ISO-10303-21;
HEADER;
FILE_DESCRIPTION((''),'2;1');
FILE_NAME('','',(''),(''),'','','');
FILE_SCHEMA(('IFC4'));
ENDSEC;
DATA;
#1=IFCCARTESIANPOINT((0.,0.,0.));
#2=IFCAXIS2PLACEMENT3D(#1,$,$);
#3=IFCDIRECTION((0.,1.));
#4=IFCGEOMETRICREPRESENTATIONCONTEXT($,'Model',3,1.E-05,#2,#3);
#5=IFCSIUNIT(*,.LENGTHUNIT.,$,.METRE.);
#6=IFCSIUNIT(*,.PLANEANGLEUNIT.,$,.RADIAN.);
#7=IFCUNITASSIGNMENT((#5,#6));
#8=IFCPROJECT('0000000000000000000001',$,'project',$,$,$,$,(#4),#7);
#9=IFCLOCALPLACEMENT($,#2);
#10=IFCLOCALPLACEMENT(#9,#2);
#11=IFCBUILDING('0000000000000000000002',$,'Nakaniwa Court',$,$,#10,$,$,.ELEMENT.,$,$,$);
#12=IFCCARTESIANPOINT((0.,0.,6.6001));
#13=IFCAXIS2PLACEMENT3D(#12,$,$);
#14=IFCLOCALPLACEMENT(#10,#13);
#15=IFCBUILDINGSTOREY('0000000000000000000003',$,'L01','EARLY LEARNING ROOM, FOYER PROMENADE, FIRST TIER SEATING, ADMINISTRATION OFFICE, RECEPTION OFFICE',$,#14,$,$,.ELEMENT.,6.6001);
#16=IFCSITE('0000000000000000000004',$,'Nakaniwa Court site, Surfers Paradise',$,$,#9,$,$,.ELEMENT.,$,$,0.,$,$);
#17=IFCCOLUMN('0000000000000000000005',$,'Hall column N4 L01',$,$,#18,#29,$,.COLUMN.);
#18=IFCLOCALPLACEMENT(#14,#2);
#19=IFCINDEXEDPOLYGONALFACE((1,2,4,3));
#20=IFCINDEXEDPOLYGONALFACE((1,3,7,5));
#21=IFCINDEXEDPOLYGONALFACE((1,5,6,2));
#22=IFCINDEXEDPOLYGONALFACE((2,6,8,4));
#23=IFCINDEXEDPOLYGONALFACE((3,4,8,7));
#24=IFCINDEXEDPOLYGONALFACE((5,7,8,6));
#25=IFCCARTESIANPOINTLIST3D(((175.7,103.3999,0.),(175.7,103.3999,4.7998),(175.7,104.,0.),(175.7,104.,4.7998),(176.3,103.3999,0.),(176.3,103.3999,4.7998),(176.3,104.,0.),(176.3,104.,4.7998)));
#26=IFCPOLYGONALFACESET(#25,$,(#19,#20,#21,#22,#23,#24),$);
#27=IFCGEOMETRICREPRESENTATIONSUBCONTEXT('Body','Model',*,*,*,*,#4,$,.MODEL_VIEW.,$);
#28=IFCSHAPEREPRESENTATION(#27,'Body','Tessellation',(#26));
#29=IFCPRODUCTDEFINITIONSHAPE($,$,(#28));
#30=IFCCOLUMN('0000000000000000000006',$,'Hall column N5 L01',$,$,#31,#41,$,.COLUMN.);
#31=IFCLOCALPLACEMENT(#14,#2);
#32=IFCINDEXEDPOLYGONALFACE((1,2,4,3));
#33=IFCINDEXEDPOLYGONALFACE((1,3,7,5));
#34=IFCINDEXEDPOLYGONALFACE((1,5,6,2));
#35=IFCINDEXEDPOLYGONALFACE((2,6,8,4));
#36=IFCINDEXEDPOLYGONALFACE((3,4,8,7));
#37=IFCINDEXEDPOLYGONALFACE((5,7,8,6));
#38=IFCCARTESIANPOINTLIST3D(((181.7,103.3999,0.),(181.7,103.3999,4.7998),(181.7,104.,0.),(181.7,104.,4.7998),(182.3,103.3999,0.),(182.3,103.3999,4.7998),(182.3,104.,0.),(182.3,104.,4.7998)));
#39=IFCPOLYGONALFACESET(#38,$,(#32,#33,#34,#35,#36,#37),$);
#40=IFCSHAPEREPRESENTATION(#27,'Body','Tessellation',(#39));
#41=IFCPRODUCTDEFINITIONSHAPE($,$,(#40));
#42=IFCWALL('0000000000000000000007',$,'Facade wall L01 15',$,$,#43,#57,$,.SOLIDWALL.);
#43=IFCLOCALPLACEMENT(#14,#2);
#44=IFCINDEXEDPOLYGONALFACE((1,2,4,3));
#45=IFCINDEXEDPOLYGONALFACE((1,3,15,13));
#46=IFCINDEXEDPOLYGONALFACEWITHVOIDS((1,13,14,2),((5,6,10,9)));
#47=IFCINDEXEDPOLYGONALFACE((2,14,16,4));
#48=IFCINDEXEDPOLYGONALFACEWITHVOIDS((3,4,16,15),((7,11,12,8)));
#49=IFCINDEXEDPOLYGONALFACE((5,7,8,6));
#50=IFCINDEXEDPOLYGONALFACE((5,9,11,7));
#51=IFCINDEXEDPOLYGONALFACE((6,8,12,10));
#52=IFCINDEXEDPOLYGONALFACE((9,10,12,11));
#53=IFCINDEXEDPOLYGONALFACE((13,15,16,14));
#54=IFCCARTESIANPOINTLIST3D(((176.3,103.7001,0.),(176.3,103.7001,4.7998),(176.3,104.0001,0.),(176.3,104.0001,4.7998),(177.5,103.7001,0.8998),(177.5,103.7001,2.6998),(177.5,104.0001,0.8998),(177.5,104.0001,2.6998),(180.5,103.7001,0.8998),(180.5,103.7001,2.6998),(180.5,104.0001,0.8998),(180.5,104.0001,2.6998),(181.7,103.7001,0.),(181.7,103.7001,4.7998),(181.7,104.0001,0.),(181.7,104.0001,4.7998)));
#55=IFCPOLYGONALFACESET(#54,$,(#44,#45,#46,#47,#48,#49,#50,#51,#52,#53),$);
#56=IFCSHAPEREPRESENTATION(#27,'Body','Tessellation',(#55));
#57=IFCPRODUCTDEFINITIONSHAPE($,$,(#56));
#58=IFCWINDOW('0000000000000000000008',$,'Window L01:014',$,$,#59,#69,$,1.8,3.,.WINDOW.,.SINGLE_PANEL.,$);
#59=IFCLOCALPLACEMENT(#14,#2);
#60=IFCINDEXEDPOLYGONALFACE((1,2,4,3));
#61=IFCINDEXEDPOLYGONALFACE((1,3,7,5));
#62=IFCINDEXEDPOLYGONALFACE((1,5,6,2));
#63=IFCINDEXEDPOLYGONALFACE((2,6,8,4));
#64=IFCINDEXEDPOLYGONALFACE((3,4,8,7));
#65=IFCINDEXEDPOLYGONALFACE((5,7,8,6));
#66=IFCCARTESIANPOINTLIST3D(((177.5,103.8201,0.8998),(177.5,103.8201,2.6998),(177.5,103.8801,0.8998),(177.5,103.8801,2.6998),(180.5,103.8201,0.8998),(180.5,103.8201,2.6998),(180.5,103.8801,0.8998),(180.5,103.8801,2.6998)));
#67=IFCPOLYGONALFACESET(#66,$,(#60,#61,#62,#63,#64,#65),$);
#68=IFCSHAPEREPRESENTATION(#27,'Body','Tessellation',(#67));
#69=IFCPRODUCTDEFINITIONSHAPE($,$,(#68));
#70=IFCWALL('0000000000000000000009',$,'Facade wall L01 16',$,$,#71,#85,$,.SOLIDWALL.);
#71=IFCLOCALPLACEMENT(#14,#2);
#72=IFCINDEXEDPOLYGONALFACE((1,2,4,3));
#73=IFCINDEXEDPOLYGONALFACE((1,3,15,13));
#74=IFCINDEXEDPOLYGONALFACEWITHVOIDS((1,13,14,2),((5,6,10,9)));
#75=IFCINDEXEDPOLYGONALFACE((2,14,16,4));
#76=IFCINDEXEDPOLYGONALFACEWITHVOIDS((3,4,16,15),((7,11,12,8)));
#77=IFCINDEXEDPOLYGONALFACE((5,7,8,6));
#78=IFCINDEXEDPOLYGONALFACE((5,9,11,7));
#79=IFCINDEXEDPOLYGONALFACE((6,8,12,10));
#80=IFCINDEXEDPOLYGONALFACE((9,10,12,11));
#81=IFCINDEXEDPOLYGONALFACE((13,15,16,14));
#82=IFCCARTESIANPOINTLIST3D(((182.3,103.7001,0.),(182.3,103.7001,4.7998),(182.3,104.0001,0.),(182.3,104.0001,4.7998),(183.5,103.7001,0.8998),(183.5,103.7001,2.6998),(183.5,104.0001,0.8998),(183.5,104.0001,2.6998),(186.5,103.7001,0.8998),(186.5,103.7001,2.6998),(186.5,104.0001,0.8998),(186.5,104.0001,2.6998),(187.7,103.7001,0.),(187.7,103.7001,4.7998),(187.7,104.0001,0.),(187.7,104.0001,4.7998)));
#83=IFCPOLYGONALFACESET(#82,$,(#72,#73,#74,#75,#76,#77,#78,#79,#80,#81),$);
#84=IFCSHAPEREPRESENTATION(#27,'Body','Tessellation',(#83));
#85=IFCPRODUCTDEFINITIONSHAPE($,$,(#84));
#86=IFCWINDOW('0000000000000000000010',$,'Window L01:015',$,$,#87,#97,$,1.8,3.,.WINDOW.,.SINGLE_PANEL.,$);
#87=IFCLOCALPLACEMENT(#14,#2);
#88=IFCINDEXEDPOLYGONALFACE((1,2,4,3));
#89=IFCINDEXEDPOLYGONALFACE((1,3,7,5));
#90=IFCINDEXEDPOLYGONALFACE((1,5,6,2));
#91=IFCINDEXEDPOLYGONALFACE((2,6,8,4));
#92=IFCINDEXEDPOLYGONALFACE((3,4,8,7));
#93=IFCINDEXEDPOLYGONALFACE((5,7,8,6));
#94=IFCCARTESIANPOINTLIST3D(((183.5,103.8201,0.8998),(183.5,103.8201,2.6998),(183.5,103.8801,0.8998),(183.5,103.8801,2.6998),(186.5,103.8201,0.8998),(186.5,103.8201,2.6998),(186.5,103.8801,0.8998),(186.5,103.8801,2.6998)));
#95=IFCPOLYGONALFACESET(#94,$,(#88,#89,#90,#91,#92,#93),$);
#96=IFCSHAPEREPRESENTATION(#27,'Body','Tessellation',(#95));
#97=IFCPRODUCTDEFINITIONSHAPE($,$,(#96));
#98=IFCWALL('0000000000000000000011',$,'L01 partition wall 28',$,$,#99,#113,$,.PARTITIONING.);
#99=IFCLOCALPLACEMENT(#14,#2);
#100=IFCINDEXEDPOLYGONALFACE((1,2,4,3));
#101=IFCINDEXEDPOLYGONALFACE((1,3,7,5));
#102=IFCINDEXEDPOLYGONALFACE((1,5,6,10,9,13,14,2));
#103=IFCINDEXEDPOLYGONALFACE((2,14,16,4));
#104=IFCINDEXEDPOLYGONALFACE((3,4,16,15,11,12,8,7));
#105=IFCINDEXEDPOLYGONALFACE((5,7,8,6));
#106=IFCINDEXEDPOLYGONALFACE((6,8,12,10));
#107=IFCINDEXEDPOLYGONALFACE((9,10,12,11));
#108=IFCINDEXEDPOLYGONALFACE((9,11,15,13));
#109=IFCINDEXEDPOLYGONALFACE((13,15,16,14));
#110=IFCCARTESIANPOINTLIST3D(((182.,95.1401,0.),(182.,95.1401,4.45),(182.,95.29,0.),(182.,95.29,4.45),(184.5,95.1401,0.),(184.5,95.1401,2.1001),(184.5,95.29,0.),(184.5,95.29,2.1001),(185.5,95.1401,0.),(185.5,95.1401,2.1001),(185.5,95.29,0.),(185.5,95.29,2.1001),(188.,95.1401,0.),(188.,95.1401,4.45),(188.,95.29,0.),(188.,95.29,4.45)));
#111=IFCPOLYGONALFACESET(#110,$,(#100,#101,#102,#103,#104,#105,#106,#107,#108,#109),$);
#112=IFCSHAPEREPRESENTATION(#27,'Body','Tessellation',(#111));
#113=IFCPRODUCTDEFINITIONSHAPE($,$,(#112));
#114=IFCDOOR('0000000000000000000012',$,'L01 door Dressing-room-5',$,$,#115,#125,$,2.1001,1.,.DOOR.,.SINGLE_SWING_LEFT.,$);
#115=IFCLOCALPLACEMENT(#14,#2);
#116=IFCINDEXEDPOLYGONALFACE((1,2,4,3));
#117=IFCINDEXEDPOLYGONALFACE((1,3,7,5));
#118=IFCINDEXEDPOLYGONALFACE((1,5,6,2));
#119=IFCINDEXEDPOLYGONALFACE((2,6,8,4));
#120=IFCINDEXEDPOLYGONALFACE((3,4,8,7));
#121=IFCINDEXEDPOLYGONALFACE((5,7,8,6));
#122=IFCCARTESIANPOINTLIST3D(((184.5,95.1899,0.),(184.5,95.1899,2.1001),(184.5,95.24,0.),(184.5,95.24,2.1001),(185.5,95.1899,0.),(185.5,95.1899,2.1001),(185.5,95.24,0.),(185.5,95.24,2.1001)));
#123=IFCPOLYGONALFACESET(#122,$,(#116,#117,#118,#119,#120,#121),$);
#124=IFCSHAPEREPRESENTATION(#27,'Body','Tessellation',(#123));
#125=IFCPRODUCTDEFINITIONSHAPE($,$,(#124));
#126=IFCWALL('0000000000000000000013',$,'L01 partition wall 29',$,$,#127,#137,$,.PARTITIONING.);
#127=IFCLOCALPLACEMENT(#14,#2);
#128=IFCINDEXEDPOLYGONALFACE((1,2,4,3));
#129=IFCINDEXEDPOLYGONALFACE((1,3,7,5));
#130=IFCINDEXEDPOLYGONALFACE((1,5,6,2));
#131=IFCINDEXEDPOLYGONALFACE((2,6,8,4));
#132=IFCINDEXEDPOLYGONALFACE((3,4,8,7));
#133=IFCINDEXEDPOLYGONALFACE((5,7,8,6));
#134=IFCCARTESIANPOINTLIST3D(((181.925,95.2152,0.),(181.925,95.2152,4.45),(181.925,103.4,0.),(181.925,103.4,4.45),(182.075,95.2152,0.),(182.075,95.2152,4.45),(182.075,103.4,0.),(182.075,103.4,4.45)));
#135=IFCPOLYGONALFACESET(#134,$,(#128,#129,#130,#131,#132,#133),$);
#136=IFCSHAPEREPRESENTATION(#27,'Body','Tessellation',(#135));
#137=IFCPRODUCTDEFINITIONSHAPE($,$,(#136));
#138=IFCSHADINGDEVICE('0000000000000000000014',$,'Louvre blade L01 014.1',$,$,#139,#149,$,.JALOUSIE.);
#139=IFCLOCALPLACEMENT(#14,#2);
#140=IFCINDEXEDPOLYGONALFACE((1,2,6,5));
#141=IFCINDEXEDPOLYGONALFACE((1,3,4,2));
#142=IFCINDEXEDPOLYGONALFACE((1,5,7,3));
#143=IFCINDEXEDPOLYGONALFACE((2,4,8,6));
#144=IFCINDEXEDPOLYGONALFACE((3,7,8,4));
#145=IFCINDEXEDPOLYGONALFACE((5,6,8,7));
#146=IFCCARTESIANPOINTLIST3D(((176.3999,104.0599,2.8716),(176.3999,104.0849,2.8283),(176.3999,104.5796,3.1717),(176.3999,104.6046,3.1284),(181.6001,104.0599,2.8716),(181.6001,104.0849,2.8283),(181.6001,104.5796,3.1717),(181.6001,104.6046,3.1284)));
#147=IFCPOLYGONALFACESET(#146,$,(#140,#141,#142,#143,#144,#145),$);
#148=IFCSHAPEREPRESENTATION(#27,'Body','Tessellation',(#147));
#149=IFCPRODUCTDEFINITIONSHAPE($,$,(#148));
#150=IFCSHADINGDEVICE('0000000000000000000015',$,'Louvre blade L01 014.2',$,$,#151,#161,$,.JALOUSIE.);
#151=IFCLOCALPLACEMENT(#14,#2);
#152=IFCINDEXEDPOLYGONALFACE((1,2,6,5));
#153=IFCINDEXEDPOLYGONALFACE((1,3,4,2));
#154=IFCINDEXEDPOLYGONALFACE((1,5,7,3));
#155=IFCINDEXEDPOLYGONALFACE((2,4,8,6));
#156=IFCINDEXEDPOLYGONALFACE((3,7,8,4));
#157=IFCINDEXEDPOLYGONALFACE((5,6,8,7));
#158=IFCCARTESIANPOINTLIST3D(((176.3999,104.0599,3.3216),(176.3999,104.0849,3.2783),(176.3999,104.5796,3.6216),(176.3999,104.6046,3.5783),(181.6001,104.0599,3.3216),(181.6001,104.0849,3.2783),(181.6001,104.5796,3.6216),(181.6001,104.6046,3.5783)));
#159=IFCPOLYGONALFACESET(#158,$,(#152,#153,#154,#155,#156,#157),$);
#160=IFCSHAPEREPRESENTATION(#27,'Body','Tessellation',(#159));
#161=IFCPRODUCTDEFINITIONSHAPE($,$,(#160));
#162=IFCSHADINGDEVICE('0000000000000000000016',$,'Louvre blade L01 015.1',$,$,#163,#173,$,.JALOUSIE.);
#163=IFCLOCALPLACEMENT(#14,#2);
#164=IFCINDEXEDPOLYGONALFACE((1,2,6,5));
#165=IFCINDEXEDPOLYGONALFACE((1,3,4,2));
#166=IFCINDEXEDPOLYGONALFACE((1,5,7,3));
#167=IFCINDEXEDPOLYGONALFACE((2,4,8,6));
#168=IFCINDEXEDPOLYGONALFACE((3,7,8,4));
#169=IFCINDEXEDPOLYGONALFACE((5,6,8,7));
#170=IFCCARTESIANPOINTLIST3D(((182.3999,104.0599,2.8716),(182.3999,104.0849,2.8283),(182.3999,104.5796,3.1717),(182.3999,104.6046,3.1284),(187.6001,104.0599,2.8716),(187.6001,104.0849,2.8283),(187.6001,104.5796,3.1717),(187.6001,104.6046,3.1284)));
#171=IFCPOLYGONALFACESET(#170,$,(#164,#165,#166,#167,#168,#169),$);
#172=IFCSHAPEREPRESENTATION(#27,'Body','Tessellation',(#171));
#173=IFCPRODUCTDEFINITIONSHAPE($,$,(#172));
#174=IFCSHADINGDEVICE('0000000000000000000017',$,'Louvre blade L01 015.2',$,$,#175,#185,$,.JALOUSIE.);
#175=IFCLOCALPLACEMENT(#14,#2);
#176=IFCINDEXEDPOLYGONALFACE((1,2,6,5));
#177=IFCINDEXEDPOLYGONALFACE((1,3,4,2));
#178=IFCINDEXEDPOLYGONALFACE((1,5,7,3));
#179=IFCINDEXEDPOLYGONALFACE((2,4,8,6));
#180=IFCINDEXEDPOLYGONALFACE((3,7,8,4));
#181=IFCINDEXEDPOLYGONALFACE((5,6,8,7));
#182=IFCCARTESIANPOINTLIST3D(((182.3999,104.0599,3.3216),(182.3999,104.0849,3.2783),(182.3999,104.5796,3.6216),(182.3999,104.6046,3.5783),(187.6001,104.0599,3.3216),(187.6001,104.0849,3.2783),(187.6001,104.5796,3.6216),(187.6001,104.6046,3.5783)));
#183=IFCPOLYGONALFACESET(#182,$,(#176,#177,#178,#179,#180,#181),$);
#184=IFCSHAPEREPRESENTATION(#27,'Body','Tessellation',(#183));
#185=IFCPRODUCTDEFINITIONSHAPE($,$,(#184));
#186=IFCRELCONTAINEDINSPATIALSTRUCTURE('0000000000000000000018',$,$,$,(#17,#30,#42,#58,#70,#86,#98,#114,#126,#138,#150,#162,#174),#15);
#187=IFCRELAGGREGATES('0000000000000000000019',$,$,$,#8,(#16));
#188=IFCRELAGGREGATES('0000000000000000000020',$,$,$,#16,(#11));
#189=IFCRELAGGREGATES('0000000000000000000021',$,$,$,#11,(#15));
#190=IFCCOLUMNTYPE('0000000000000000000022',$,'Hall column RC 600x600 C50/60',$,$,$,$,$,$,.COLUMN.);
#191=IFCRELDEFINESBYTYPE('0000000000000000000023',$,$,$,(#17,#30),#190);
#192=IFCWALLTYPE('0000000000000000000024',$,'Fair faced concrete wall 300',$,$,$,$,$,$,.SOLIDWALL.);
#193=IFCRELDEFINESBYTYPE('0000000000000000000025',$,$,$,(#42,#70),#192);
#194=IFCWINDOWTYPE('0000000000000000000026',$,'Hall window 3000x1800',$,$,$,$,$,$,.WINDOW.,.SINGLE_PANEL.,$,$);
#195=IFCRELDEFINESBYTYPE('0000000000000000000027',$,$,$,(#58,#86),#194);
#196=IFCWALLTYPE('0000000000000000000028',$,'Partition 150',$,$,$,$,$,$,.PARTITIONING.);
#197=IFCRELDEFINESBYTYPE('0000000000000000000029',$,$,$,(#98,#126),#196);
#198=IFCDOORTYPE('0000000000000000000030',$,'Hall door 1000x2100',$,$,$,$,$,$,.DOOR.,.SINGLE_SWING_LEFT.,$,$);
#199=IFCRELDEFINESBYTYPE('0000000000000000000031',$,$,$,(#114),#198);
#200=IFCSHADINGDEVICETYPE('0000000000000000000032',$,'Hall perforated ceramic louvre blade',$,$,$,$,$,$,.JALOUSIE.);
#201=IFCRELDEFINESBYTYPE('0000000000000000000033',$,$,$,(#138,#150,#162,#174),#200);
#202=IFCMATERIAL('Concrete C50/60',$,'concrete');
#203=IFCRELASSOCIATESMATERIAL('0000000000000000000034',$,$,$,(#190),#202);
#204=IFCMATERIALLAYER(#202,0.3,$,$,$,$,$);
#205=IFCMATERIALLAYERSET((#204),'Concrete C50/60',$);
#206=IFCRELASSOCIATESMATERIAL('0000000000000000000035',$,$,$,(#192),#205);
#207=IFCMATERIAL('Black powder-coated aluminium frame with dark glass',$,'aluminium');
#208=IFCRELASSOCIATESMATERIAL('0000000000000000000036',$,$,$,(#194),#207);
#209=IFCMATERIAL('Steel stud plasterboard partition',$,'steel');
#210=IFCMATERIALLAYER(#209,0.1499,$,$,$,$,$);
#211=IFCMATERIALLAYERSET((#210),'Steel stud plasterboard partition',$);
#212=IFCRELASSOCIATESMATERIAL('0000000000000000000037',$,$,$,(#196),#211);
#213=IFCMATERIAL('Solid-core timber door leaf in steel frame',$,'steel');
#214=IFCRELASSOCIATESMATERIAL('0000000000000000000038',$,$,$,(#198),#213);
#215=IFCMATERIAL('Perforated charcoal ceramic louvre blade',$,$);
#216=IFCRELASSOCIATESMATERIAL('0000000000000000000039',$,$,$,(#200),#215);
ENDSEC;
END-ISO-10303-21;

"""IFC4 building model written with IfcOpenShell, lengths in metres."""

from ifc_helpers import new_model, si_unit, direction, frame, frame_2d, origin, origin_2d, place, context, subcontext, project, spatial, rectangle, extrude, material, layer, layer_set, material_profile, profile_set, type_object, element, fill, save


model = new_model("IFC4")

# Units and contexts
model_context = context("Model", 3, precision=1e-05, world=origin(), true_north=direction((0.0, 1.0)))
body_context = subcontext(model_context, "Body", "Model", "MODEL_VIEW")
ifc_project = project(units=[si_unit("LENGTHUNIT", "METRE"), si_unit("PLANEANGLEUNIT", "RADIAN")], contexts=[model_context])

# Site, building, storey
site_placement = place(None, origin())
site = spatial("IfcSite", under=ifc_project, at=site_placement, Name="Nakaniwa Court site, Surfers Paradise", CompositionType="ELEMENT", RefElevation=0.0)
building_placement = place(site_placement, origin())
building = spatial("IfcBuilding", under=site, at=building_placement, Name="Nakaniwa Court", CompositionType="ELEMENT")
storey_placement = place(building_placement, frame((0.0, 0.0, 6.6001)))
storey = spatial("IfcBuildingStorey", under=building, at=storey_placement, Name="L01", Description="EARLY LEARNING ROOM, FOYER PROMENADE, FIRST TIER SEATING, ADMINISTRATION OFFICE, RECEPTION OFFICE", CompositionType="ELEMENT", Elevation=6.6001)

# Columns
ifc_material_1 = material(Name="Concrete C50/60", Category="concrete")
ifc_material_profile_1 = material_profile(ifc_material_1, rectangle(XDim=0.6001, YDim=0.6001, at=origin_2d()), Name="RC 600x600")
ifc_profile_set_1 = profile_set([ifc_material_profile_1], Name="Concrete C50/60")
column_type = type_object("IfcColumnType", Name="Hall column RC 600x600 C50/60", PredefinedType="COLUMN", material=ifc_profile_set_1)
for number, where, z_axis, x_axis, name in (
    (1, (176.0, 103.7, 0.0), (0.0, 0.0, 1.0), (1.0, 0.0, 0.0), "Hall column N4 L01"),
    (2, (182.0, 103.7, 0.0), (0.0, 0.0, 1.0), (1.0, 0.0, 0.0), "Hall column N5 L01"),
):
    element("IfcColumn", number, at=place(storey_placement, frame(where, z_axis=z_axis, x_axis=x_axis)), inside=storey, type_object=column_type, Name=name, PredefinedType="COLUMN", context=body_context, shape_type="SweptSolid", body=[
        extrude(rectangle(XDim=0.6001, YDim=0.6001, at=origin_2d()), origin(), (0.0, 0.0, 1.0), 4.7998),
    ])

# Walls, openings, windows
ifc_layer_1 = layer(ifc_material_1, 0.3)
ifc_layer_set_1 = layer_set([ifc_layer_1], Name="Concrete C50/60")
wall_type_1 = type_object("IfcWallType", Name="Fair faced concrete wall 300", PredefinedType="SOLIDWALL", material=ifc_layer_set_1)
wall_1_placement = place(storey_placement, frame((176.3, 103.8501, 0.0), z_axis=(0.0, 0.0, 1.0), x_axis=(1.0, 0.0, 0.0)))
wall_1 = element("IfcWall", 3, at=wall_1_placement, inside=storey, type_object=wall_type_1, Name="Facade wall L01 15", PredefinedType="SOLIDWALL", context=body_context, shape_type="SweptSolid", body=[
    extrude(rectangle(XDim=5.3999, YDim=0.3, at=frame_2d((2.7, 0.0))), origin(), (0.0, 0.0, 1.0), 4.7998),
])
opening_1_placement = place(wall_1_placement, frame((1.2, 0.0, 0.8999)))
opening_1 = element("IfcOpeningElement", 4, at=opening_1_placement, cuts=wall_1, PredefinedType="OPENING", context=body_context, shape_type="SweptSolid", body=[
    extrude(rectangle(XDim=3.0, YDim=1.8, at=frame_2d((1.5, 0.8999))), frame((0.0, 0.1599, 0.0), z_axis=(0.0, -1.0, 0.0), x_axis=(1.0, 0.0, 0.0)), (0.0, 0.0, 1.0), 0.3201),
])
ifc_material_2 = material(Name="Black powder-coated aluminium frame with dark glass", Category="aluminium")
window_type = type_object("IfcWindowType", Name="Hall window 3000x1800", PartitioningType="SINGLE_PANEL", PredefinedType="WINDOW", material=ifc_material_2)
window_1_placement = place(opening_1_placement, origin())
window_1 = element("IfcWindow", 5, at=window_1_placement, inside=storey, type_object=window_type, Name="Window L01:014", OverallHeight=1.8, OverallWidth=3.0, PartitioningType="SINGLE_PANEL", PredefinedType="WINDOW", context=body_context, shape_type="SweptSolid", body=[
    extrude(rectangle(XDim=3.0, YDim=1.8, at=frame_2d((1.5, 0.8999))), frame((0.0, 0.03, 0.0), z_axis=(0.0, -1.0, 0.0), x_axis=(1.0, 0.0, 0.0)), (0.0, 0.0, 1.0), 0.0601),
])
fill(opening_1, window_1)
wall_2_placement = place(storey_placement, frame((182.3, 103.8501, 0.0), z_axis=(0.0, 0.0, 1.0), x_axis=(1.0, 0.0, 0.0)))
wall_2 = element("IfcWall", 6, at=wall_2_placement, inside=storey, type_object=wall_type_1, Name="Facade wall L01 16", PredefinedType="SOLIDWALL", context=body_context, shape_type="SweptSolid", body=[
    extrude(rectangle(XDim=5.3999, YDim=0.3, at=frame_2d((2.7, 0.0))), origin(), (0.0, 0.0, 1.0), 4.7998),
])
opening_2_placement = place(wall_2_placement, frame((1.2, 0.0, 0.8999)))
opening_2 = element("IfcOpeningElement", 7, at=opening_2_placement, cuts=wall_2, PredefinedType="OPENING", context=body_context, shape_type="SweptSolid", body=[
    extrude(rectangle(XDim=3.0, YDim=1.8, at=frame_2d((1.5, 0.8999))), frame((0.0, 0.1599, 0.0), z_axis=(0.0, -1.0, 0.0), x_axis=(1.0, 0.0, 0.0)), (0.0, 0.0, 1.0), 0.3201),
])
window_2_placement = place(opening_2_placement, origin())
window_2 = element("IfcWindow", 8, at=window_2_placement, inside=storey, type_object=window_type, Name="Window L01:015", OverallHeight=1.8, OverallWidth=3.0, PartitioningType="SINGLE_PANEL", PredefinedType="WINDOW", context=body_context, shape_type="SweptSolid", body=[
    extrude(rectangle(XDim=3.0, YDim=1.8, at=frame_2d((1.5, 0.8999))), frame((0.0, 0.03, 0.0), z_axis=(0.0, -1.0, 0.0), x_axis=(1.0, 0.0, 0.0)), (0.0, 0.0, 1.0), 0.0601),
])
fill(opening_2, window_2)

# Wall, opening, door
ifc_material_3 = material(Name="Steel stud plasterboard partition", Category="steel")
ifc_layer_2 = layer(ifc_material_3, 0.1499)
ifc_layer_set_2 = layer_set([ifc_layer_2], Name="Steel stud plasterboard partition")
wall_type_2 = type_object("IfcWallType", Name="Partition 150", PredefinedType="PARTITIONING", material=ifc_layer_set_2)
wall_3_placement = place(storey_placement, frame((182.0, 95.2151, 0.0), z_axis=(0.0, 0.0, 1.0), x_axis=(1.0, 0.0, 0.0)))
wall_3 = element("IfcWall", 9, at=wall_3_placement, inside=storey, type_object=wall_type_2, Name="L01 partition wall 28", PredefinedType="PARTITIONING", context=body_context, shape_type="SweptSolid", body=[
    extrude(rectangle(XDim=6.0, YDim=0.1499, at=frame_2d((3.0, 0.0))), origin(), (0.0, 0.0, 1.0), 4.45),
])
opening_3_placement = place(wall_3_placement, frame((2.5, 0.0, 0.0)))
opening_3 = element("IfcOpeningElement", 10, at=opening_3_placement, cuts=wall_3, PredefinedType="OPENING", context=body_context, shape_type="SweptSolid", body=[
    extrude(rectangle(XDim=1.0, YDim=2.1001, at=frame_2d((0.5, 1.05))), frame((0.0, 0.085, 0.0), z_axis=(0.0, -1.0, 0.0), x_axis=(1.0, 0.0, 0.0)), (0.0, 0.0, 1.0), 0.1699),
])
ifc_material_4 = material(Name="Solid-core timber door leaf in steel frame", Category="steel")
door_type = type_object("IfcDoorType", Name="Hall door 1000x2100", OperationType="SINGLE_SWING_LEFT", PredefinedType="DOOR", material=ifc_material_4)
door_placement = place(opening_3_placement, origin())
door = element("IfcDoor", 11, at=door_placement, inside=storey, type_object=door_type, Name="L01 door Dressing-room-5", OperationType="SINGLE_SWING_LEFT", OverallHeight=2.1001, OverallWidth=1.0, PredefinedType="DOOR", context=body_context, shape_type="SweptSolid", body=[
    extrude(rectangle(XDim=1.0, YDim=2.1001, at=frame_2d((0.5, 1.05))), frame((0.0, 0.0249, 0.0), z_axis=(0.0, -1.0, 0.0), x_axis=(1.0, 0.0, 0.0)), (0.0, 0.0, 1.0), 0.05),
])
fill(opening_3, door)

# Wall
wall_4_placement = place(storey_placement, frame((182.0, 103.3999, 0.0), z_axis=(0.0, 0.0, 1.0), x_axis=(0.0, -1.0, 0.0)))
element("IfcWall", 12, at=wall_4_placement, inside=storey, type_object=wall_type_2, Name="L01 partition wall 29", PredefinedType="PARTITIONING", context=body_context, shape_type="SweptSolid", body=[
    extrude(rectangle(XDim=8.1848, YDim=0.1499, at=frame_2d((4.0923, 0.0))), origin(), (0.0, 0.0, 1.0), 4.45),
])

# Shading devices
ifc_material_5 = material(Name="Perforated charcoal ceramic louvre blade")
ifc_material_profile_2 = material_profile(ifc_material_5, rectangle(XDim=0.6001, YDim=0.05, at=origin_2d()), Name="Hall perforated ceramic louvre blade")
ifc_profile_set_2 = profile_set([ifc_material_profile_2], Name="Perforated charcoal ceramic louvre blade")
shading_device_type = type_object("IfcShadingDeviceType", Name="Hall perforated ceramic louvre blade", PredefinedType="JALOUSIE", material=ifc_profile_set_2)
for number, where, z_axis, x_axis, name in (
    (13, (176.3999, 104.3323, 3.0), (1.0, 0.0, 0.0), (0.0, 0.866025, 0.5), "Louvre blade L01 014.1"),
    (14, (176.3999, 104.3323, 3.45), (1.0, 0.0, 0.0), (0.0, 0.866025, 0.5), "Louvre blade L01 014.2"),
    (15, (182.3999, 104.3323, 3.0), (1.0, 0.0, 0.0), (0.0, 0.866025, 0.5), "Louvre blade L01 015.1"),
    (16, (182.3999, 104.3323, 3.45), (1.0, 0.0, 0.0), (0.0, 0.866025, 0.5), "Louvre blade L01 015.2"),
):
    element("IfcShadingDevice", number, at=place(storey_placement, frame(where, z_axis=z_axis, x_axis=x_axis)), inside=storey, type_object=shading_device_type, Name=name, PredefinedType="JALOUSIE", context=body_context, shape_type="SweptSolid", body=[
        extrude(rectangle(XDim=0.6001, YDim=0.05, at=origin_2d()), origin(), (0.0, 0.0, 1.0), 5.2002),
    ])

save(model, "model.ifc")
